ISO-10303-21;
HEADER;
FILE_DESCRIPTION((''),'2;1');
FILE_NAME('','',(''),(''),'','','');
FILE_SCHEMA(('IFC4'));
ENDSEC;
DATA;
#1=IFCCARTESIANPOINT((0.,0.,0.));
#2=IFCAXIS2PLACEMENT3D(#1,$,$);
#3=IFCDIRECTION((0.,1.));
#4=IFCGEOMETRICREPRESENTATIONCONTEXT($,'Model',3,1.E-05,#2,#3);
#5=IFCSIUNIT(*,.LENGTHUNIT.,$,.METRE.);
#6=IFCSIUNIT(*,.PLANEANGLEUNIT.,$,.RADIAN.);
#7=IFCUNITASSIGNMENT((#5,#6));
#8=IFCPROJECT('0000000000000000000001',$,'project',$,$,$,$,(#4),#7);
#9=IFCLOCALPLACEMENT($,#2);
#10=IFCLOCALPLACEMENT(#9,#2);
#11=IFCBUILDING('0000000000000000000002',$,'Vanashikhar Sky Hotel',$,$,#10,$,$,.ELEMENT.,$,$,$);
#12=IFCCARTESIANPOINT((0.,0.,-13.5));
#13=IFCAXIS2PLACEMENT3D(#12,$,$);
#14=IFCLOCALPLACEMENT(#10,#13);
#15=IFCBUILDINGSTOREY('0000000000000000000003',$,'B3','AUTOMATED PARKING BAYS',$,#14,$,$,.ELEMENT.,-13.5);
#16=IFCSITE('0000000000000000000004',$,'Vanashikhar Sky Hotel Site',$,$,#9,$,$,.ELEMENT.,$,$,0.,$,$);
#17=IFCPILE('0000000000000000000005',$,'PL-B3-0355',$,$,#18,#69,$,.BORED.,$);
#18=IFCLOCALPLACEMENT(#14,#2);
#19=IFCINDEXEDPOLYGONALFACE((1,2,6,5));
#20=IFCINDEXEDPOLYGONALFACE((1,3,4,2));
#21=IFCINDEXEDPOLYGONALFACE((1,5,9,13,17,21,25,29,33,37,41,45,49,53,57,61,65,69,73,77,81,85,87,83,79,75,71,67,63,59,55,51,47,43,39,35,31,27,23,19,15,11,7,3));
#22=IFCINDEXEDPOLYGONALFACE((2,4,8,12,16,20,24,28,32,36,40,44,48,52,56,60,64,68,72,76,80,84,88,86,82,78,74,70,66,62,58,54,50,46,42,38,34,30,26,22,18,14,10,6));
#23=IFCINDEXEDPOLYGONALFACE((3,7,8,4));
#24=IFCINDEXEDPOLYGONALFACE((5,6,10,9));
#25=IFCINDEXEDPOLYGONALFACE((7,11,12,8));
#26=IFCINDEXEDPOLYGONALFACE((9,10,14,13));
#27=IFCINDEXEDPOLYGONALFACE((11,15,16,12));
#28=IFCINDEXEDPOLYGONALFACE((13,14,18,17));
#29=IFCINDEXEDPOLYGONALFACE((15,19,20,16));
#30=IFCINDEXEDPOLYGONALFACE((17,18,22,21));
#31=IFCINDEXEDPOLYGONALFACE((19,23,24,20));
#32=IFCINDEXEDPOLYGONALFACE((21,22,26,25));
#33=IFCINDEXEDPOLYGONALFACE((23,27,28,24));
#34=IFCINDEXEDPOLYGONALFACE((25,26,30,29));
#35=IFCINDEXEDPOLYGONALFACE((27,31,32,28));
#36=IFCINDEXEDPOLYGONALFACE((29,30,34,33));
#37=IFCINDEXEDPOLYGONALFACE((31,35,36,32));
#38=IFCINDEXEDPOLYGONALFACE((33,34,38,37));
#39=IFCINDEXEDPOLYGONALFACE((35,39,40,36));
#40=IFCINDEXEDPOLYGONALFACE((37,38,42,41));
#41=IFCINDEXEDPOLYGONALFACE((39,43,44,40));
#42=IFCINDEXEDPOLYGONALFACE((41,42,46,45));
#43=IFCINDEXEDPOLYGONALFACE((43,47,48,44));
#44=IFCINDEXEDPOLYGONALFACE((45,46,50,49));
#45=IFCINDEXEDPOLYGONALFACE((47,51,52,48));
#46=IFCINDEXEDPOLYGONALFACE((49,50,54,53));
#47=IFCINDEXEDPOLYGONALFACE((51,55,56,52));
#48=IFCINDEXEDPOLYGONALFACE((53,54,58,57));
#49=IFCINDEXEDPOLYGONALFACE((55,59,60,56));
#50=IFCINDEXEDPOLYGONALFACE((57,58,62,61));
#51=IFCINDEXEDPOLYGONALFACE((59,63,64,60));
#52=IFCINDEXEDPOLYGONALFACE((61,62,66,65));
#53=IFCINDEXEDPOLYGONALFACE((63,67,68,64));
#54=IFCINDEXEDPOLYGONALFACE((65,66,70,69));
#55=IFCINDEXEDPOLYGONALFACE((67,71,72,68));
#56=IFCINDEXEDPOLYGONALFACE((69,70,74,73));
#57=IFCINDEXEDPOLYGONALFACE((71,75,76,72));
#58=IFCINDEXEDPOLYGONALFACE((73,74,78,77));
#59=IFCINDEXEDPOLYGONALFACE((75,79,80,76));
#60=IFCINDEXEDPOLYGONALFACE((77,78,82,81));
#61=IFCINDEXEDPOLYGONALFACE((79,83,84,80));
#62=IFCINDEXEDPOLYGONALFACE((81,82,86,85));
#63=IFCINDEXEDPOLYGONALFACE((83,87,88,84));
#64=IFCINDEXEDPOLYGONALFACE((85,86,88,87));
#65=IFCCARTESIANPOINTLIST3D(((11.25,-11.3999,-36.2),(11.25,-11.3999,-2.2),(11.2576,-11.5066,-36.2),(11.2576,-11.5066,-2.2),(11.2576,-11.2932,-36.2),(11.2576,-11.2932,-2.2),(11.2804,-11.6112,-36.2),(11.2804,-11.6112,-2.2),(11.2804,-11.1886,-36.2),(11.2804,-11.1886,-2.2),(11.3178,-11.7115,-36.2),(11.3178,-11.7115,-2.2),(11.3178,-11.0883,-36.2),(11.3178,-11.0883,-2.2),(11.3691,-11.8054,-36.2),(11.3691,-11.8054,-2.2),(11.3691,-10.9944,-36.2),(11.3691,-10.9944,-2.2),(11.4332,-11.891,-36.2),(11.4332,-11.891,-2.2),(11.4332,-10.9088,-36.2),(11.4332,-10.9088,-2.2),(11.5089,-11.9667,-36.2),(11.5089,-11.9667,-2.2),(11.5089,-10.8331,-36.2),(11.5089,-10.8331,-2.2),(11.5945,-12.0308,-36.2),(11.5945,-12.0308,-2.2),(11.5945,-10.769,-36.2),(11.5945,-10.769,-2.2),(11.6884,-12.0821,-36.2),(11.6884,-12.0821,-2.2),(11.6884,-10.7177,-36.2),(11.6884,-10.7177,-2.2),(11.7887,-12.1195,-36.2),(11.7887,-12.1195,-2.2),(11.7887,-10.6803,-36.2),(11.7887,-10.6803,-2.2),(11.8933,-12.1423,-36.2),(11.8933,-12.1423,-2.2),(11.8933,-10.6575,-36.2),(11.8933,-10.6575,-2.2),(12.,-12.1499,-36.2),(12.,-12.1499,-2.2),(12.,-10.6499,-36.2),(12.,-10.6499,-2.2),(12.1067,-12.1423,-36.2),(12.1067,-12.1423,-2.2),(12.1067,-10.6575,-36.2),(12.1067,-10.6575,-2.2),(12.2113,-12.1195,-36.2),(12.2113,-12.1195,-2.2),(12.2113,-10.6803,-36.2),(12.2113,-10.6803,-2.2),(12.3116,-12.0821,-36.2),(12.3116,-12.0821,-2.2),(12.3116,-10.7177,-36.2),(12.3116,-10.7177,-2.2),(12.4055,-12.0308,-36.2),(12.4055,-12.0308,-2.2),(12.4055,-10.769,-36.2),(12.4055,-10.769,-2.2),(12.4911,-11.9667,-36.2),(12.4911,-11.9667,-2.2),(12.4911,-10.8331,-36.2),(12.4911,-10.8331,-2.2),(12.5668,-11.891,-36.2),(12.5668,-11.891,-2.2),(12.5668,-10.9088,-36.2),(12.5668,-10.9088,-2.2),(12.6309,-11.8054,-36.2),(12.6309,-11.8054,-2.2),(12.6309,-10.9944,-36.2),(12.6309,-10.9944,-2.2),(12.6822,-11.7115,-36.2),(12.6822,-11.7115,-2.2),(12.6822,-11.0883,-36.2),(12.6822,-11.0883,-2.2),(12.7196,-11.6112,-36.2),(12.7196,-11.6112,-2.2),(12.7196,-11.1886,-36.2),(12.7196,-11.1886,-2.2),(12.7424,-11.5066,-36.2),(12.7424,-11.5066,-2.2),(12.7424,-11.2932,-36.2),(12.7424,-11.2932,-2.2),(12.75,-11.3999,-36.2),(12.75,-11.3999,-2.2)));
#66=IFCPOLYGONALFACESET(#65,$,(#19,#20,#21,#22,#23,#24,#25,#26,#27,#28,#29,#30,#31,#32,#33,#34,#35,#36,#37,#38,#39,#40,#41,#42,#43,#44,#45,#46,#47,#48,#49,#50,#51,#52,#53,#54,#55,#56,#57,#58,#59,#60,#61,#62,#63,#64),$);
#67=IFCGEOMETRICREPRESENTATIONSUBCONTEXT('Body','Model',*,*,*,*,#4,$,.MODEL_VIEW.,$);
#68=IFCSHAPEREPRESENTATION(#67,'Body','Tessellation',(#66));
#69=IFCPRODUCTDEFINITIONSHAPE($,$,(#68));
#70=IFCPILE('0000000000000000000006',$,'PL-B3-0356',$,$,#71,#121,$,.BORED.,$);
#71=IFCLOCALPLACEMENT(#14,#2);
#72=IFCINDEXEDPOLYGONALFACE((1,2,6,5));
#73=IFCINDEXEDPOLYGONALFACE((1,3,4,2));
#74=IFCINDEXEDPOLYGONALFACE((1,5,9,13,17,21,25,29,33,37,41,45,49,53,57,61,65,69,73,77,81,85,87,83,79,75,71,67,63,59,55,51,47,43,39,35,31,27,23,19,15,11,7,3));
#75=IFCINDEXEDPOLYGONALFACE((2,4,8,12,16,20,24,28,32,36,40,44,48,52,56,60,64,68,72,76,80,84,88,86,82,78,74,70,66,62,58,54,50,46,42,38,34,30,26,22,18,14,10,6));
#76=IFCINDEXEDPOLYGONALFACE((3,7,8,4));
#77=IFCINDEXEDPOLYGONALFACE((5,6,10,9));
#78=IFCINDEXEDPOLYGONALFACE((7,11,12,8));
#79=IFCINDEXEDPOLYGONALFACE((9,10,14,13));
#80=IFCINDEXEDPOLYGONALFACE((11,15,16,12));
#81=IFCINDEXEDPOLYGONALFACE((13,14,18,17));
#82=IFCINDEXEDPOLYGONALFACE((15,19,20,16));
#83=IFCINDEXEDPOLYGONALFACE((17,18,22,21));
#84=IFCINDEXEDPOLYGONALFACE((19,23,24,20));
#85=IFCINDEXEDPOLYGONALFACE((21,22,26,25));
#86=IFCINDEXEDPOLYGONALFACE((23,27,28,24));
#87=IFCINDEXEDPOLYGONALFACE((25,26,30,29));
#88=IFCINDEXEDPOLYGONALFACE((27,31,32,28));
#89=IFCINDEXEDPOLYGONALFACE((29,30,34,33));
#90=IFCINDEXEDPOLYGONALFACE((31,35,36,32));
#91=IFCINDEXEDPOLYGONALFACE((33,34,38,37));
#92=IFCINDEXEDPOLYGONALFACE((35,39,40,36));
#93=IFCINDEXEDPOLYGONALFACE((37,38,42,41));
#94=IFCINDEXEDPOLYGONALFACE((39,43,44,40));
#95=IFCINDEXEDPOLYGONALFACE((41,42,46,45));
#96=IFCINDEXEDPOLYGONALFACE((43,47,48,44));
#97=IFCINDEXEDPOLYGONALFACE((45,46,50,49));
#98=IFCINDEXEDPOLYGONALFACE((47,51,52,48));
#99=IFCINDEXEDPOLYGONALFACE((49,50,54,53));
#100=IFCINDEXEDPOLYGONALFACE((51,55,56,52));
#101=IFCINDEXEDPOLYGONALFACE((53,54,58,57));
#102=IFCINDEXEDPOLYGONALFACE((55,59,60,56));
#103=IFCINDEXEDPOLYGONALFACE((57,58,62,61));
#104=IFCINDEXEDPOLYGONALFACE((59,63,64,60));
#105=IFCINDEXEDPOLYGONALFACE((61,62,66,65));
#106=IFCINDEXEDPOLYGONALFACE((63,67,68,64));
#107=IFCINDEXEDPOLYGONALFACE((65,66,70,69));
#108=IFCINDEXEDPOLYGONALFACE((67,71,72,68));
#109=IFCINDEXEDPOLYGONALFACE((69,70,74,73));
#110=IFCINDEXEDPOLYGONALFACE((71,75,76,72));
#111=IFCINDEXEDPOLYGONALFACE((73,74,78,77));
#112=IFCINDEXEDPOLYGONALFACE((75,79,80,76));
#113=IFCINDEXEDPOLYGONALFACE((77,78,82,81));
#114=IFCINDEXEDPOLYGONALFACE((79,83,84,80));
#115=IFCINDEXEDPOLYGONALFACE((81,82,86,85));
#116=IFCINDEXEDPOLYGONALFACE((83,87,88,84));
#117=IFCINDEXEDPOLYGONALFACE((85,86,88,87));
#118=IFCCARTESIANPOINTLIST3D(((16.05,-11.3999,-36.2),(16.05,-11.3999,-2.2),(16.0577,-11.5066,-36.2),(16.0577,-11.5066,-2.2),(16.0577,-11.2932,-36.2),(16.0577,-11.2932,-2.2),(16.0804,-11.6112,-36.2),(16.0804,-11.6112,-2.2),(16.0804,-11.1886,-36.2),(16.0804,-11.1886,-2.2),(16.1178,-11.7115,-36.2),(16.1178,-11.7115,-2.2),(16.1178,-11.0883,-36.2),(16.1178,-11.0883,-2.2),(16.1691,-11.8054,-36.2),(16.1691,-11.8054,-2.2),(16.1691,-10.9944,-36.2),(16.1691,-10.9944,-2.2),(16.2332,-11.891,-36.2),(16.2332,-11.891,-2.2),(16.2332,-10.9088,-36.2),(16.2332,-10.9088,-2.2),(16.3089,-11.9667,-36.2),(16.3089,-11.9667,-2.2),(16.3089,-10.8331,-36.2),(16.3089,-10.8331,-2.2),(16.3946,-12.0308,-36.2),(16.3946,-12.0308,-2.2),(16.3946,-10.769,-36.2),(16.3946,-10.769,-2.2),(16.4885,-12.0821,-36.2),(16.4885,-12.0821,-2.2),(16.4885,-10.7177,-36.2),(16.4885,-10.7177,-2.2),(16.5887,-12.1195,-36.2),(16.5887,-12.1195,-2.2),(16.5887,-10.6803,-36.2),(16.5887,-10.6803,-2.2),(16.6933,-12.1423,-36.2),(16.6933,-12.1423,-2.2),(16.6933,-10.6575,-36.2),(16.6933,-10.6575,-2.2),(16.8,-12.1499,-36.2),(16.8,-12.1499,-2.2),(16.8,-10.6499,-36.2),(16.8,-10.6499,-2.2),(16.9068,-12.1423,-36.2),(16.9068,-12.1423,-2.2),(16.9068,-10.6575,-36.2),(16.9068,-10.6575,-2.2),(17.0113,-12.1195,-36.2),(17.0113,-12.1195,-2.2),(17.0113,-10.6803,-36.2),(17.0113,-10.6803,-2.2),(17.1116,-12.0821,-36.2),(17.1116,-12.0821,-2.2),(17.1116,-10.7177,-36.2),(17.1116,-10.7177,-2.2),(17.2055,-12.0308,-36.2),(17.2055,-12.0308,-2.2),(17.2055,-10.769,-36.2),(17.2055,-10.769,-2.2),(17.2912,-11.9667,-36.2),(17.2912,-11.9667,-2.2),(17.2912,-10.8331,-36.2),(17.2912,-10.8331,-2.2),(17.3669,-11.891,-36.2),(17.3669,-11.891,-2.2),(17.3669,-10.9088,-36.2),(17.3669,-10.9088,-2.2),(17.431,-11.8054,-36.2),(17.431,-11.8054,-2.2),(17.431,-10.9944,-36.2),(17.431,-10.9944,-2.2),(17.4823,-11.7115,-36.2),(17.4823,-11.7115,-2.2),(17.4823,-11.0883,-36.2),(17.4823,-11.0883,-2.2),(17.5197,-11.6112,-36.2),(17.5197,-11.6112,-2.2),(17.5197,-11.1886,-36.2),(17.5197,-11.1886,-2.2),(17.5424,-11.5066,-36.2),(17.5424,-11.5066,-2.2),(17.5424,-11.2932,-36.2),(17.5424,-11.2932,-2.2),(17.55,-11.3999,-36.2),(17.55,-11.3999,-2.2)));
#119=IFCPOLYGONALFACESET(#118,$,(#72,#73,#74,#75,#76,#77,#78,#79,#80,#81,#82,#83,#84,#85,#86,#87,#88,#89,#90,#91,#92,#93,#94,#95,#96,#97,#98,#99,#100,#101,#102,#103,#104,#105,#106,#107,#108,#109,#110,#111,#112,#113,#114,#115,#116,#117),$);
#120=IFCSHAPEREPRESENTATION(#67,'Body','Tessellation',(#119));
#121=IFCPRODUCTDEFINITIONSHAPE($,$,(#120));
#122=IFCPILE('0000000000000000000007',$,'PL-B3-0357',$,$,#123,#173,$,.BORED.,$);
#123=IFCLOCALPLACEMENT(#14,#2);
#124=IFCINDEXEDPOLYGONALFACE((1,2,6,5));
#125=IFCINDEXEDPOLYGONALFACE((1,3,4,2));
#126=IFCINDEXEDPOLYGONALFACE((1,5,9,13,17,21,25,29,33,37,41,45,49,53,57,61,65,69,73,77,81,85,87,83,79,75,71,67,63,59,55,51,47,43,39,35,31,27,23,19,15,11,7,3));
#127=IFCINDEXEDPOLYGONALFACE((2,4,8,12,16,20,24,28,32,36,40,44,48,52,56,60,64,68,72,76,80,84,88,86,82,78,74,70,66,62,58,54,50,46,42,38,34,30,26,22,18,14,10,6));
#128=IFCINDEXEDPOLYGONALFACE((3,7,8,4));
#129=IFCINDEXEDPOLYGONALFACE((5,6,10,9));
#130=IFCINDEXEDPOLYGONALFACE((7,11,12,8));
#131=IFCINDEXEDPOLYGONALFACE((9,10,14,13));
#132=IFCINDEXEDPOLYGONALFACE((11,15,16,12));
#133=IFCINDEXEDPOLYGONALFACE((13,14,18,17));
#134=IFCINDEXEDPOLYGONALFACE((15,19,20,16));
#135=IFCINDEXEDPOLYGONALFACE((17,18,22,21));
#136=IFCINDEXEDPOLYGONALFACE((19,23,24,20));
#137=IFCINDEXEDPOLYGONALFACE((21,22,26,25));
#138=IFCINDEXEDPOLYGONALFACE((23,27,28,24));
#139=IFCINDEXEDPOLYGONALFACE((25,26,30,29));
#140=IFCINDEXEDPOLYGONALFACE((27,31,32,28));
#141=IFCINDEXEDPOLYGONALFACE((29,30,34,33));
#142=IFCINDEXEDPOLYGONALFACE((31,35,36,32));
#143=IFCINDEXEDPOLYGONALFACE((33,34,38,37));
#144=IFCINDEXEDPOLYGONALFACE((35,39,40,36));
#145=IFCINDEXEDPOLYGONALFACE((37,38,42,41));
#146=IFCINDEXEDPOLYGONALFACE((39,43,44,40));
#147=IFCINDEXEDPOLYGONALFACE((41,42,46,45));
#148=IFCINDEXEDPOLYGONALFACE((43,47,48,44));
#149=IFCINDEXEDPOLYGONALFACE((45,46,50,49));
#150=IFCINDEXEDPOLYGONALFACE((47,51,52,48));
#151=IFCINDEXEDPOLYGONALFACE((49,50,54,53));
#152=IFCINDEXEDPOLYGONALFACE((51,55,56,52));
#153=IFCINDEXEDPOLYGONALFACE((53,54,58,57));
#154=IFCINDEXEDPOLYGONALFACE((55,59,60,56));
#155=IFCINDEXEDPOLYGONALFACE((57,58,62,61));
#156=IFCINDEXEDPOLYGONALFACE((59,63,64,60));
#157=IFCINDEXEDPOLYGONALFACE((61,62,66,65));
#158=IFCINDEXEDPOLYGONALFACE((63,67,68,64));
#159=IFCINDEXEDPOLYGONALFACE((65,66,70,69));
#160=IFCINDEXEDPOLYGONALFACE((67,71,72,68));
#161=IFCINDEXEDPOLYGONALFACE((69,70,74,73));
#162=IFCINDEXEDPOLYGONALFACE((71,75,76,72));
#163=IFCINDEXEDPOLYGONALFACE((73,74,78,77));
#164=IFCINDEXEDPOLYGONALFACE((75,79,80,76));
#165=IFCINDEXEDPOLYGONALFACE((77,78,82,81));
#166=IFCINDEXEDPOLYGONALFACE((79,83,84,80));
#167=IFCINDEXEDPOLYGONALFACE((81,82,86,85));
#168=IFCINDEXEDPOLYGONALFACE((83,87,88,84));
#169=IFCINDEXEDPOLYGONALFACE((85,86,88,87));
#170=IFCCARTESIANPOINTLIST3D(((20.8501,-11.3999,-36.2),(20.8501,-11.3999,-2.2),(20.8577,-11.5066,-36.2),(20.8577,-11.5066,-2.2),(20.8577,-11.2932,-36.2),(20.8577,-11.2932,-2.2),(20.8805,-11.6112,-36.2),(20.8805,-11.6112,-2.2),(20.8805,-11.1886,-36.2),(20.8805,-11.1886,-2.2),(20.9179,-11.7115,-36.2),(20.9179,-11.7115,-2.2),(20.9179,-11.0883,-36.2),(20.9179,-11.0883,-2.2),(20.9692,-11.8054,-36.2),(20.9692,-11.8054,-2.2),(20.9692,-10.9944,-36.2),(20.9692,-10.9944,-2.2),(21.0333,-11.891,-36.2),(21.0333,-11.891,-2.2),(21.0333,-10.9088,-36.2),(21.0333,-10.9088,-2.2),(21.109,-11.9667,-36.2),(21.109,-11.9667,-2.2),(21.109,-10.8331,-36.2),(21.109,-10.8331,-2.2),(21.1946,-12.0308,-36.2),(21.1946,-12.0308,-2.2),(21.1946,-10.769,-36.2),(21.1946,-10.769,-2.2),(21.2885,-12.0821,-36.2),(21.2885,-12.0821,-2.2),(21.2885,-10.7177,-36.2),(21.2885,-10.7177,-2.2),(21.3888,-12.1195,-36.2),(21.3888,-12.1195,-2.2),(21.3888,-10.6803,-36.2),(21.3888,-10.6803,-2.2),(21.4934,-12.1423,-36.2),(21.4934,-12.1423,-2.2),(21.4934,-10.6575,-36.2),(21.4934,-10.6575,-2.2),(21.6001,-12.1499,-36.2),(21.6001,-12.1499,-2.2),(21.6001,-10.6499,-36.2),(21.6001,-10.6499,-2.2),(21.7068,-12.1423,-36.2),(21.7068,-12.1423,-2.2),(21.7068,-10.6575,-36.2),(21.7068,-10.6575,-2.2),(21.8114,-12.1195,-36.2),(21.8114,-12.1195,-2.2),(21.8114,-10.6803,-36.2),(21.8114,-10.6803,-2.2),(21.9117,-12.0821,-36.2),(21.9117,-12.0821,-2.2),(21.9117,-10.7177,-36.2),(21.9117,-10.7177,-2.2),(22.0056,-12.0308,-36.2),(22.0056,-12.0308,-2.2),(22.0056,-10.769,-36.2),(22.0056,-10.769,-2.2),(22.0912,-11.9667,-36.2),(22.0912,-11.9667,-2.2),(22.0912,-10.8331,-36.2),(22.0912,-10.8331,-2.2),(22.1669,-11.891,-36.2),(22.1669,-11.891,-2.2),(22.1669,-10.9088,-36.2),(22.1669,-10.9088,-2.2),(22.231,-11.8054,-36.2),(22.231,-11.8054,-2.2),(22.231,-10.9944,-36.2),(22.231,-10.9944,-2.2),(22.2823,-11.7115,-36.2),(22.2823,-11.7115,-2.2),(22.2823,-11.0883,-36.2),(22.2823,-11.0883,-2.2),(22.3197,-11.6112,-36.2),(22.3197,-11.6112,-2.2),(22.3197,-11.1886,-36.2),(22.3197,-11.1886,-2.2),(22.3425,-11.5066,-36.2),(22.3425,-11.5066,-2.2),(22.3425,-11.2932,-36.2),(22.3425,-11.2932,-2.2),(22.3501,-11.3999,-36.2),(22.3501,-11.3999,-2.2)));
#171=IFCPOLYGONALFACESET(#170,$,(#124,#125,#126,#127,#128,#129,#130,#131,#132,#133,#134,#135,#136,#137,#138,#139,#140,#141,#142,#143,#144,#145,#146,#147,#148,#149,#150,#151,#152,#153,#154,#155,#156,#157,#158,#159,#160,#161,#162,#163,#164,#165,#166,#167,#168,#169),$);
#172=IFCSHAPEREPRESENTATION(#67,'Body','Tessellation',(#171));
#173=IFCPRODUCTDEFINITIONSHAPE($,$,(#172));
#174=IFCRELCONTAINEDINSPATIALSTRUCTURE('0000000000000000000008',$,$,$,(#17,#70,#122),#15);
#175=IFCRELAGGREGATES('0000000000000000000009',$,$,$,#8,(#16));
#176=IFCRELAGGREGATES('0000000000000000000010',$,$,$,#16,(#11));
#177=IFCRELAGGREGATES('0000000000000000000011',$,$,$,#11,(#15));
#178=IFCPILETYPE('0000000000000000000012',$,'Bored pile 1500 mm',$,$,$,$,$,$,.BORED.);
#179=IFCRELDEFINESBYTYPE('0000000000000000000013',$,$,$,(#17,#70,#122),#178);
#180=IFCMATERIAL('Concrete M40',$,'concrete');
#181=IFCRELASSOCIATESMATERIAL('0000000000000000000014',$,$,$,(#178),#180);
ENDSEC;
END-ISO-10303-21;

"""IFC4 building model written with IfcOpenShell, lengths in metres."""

from ifc_helpers import new_model, si_unit, direction, frame, origin, origin_2d, place, context, subcontext, project, spatial, circle, extrude, source, transform, mapped, material, type_object, element, save


model = new_model("IFC4")

# Units and contexts
model_context = context("Model", 3, precision=1e-05, world=origin(), true_north=direction((0.0, 1.0)))
body_context = subcontext(model_context, "Body", "Model", "MODEL_VIEW")
ifc_project = project(units=[si_unit("LENGTHUNIT", "METRE"), si_unit("PLANEANGLEUNIT", "RADIAN")], contexts=[model_context])

# Site, building, storey
site_placement = place(None, origin())
site = spatial("IfcSite", under=ifc_project, at=site_placement, Name="Vanashikhar Sky Hotel Site", CompositionType="ELEMENT", RefElevation=0.0)
building_placement = place(site_placement, origin())
building = spatial("IfcBuilding", under=site, at=building_placement, Name="Vanashikhar Sky Hotel", CompositionType="ELEMENT")
storey_placement = place(building_placement, frame((0.0, 0.0, -13.5)))
storey = spatial("IfcBuildingStorey", under=building, at=storey_placement, Name="B3", Description="AUTOMATED PARKING BAYS", CompositionType="ELEMENT", Elevation=-13.5)

# Piles
ifc_material_1 = material(Name="Concrete M40", Category="concrete")
pile_type_1 = type_object("IfcPileType", Name="Bored pile 1500 mm", PredefinedType="BORED", material=ifc_material_1)
shared_shape_1 = source(origin(), body_context, "Body", "SweptSolid", [
    extrude(circle(Radius=0.75, at=origin_2d()), origin(), (0.0, 0.0, 1.0), 34.0),
])
for number, where, z_axis, x_axis, name in (
    (1, (12.0, -11.3999, -2.2), (0.0, 0.0, -1.0), (1.0, 0.0, 0.0), "PL-B3-0355"),
    (2, (16.8, -11.3999, -2.2), (0.0, 0.0, -1.0), (1.0, 0.0, 0.0), "PL-B3-0356"),
    (3, (21.6001, -11.3999, -2.2), (0.0, 0.0, -1.0), (1.0, 0.0, 0.0), "PL-B3-0357"),
):
    element("IfcPile", number, at=place(storey_placement, frame(where, z_axis=z_axis, x_axis=x_axis)), inside=storey, type_object=pile_type_1, Name=name, PredefinedType="BORED", context=body_context, shape_type="MappedRepresentation", body=[
        mapped(shared_shape_1, transform((0.0, 0.0, 0.0), scale=1.0)),
    ])

save(model, "model.ifc")
